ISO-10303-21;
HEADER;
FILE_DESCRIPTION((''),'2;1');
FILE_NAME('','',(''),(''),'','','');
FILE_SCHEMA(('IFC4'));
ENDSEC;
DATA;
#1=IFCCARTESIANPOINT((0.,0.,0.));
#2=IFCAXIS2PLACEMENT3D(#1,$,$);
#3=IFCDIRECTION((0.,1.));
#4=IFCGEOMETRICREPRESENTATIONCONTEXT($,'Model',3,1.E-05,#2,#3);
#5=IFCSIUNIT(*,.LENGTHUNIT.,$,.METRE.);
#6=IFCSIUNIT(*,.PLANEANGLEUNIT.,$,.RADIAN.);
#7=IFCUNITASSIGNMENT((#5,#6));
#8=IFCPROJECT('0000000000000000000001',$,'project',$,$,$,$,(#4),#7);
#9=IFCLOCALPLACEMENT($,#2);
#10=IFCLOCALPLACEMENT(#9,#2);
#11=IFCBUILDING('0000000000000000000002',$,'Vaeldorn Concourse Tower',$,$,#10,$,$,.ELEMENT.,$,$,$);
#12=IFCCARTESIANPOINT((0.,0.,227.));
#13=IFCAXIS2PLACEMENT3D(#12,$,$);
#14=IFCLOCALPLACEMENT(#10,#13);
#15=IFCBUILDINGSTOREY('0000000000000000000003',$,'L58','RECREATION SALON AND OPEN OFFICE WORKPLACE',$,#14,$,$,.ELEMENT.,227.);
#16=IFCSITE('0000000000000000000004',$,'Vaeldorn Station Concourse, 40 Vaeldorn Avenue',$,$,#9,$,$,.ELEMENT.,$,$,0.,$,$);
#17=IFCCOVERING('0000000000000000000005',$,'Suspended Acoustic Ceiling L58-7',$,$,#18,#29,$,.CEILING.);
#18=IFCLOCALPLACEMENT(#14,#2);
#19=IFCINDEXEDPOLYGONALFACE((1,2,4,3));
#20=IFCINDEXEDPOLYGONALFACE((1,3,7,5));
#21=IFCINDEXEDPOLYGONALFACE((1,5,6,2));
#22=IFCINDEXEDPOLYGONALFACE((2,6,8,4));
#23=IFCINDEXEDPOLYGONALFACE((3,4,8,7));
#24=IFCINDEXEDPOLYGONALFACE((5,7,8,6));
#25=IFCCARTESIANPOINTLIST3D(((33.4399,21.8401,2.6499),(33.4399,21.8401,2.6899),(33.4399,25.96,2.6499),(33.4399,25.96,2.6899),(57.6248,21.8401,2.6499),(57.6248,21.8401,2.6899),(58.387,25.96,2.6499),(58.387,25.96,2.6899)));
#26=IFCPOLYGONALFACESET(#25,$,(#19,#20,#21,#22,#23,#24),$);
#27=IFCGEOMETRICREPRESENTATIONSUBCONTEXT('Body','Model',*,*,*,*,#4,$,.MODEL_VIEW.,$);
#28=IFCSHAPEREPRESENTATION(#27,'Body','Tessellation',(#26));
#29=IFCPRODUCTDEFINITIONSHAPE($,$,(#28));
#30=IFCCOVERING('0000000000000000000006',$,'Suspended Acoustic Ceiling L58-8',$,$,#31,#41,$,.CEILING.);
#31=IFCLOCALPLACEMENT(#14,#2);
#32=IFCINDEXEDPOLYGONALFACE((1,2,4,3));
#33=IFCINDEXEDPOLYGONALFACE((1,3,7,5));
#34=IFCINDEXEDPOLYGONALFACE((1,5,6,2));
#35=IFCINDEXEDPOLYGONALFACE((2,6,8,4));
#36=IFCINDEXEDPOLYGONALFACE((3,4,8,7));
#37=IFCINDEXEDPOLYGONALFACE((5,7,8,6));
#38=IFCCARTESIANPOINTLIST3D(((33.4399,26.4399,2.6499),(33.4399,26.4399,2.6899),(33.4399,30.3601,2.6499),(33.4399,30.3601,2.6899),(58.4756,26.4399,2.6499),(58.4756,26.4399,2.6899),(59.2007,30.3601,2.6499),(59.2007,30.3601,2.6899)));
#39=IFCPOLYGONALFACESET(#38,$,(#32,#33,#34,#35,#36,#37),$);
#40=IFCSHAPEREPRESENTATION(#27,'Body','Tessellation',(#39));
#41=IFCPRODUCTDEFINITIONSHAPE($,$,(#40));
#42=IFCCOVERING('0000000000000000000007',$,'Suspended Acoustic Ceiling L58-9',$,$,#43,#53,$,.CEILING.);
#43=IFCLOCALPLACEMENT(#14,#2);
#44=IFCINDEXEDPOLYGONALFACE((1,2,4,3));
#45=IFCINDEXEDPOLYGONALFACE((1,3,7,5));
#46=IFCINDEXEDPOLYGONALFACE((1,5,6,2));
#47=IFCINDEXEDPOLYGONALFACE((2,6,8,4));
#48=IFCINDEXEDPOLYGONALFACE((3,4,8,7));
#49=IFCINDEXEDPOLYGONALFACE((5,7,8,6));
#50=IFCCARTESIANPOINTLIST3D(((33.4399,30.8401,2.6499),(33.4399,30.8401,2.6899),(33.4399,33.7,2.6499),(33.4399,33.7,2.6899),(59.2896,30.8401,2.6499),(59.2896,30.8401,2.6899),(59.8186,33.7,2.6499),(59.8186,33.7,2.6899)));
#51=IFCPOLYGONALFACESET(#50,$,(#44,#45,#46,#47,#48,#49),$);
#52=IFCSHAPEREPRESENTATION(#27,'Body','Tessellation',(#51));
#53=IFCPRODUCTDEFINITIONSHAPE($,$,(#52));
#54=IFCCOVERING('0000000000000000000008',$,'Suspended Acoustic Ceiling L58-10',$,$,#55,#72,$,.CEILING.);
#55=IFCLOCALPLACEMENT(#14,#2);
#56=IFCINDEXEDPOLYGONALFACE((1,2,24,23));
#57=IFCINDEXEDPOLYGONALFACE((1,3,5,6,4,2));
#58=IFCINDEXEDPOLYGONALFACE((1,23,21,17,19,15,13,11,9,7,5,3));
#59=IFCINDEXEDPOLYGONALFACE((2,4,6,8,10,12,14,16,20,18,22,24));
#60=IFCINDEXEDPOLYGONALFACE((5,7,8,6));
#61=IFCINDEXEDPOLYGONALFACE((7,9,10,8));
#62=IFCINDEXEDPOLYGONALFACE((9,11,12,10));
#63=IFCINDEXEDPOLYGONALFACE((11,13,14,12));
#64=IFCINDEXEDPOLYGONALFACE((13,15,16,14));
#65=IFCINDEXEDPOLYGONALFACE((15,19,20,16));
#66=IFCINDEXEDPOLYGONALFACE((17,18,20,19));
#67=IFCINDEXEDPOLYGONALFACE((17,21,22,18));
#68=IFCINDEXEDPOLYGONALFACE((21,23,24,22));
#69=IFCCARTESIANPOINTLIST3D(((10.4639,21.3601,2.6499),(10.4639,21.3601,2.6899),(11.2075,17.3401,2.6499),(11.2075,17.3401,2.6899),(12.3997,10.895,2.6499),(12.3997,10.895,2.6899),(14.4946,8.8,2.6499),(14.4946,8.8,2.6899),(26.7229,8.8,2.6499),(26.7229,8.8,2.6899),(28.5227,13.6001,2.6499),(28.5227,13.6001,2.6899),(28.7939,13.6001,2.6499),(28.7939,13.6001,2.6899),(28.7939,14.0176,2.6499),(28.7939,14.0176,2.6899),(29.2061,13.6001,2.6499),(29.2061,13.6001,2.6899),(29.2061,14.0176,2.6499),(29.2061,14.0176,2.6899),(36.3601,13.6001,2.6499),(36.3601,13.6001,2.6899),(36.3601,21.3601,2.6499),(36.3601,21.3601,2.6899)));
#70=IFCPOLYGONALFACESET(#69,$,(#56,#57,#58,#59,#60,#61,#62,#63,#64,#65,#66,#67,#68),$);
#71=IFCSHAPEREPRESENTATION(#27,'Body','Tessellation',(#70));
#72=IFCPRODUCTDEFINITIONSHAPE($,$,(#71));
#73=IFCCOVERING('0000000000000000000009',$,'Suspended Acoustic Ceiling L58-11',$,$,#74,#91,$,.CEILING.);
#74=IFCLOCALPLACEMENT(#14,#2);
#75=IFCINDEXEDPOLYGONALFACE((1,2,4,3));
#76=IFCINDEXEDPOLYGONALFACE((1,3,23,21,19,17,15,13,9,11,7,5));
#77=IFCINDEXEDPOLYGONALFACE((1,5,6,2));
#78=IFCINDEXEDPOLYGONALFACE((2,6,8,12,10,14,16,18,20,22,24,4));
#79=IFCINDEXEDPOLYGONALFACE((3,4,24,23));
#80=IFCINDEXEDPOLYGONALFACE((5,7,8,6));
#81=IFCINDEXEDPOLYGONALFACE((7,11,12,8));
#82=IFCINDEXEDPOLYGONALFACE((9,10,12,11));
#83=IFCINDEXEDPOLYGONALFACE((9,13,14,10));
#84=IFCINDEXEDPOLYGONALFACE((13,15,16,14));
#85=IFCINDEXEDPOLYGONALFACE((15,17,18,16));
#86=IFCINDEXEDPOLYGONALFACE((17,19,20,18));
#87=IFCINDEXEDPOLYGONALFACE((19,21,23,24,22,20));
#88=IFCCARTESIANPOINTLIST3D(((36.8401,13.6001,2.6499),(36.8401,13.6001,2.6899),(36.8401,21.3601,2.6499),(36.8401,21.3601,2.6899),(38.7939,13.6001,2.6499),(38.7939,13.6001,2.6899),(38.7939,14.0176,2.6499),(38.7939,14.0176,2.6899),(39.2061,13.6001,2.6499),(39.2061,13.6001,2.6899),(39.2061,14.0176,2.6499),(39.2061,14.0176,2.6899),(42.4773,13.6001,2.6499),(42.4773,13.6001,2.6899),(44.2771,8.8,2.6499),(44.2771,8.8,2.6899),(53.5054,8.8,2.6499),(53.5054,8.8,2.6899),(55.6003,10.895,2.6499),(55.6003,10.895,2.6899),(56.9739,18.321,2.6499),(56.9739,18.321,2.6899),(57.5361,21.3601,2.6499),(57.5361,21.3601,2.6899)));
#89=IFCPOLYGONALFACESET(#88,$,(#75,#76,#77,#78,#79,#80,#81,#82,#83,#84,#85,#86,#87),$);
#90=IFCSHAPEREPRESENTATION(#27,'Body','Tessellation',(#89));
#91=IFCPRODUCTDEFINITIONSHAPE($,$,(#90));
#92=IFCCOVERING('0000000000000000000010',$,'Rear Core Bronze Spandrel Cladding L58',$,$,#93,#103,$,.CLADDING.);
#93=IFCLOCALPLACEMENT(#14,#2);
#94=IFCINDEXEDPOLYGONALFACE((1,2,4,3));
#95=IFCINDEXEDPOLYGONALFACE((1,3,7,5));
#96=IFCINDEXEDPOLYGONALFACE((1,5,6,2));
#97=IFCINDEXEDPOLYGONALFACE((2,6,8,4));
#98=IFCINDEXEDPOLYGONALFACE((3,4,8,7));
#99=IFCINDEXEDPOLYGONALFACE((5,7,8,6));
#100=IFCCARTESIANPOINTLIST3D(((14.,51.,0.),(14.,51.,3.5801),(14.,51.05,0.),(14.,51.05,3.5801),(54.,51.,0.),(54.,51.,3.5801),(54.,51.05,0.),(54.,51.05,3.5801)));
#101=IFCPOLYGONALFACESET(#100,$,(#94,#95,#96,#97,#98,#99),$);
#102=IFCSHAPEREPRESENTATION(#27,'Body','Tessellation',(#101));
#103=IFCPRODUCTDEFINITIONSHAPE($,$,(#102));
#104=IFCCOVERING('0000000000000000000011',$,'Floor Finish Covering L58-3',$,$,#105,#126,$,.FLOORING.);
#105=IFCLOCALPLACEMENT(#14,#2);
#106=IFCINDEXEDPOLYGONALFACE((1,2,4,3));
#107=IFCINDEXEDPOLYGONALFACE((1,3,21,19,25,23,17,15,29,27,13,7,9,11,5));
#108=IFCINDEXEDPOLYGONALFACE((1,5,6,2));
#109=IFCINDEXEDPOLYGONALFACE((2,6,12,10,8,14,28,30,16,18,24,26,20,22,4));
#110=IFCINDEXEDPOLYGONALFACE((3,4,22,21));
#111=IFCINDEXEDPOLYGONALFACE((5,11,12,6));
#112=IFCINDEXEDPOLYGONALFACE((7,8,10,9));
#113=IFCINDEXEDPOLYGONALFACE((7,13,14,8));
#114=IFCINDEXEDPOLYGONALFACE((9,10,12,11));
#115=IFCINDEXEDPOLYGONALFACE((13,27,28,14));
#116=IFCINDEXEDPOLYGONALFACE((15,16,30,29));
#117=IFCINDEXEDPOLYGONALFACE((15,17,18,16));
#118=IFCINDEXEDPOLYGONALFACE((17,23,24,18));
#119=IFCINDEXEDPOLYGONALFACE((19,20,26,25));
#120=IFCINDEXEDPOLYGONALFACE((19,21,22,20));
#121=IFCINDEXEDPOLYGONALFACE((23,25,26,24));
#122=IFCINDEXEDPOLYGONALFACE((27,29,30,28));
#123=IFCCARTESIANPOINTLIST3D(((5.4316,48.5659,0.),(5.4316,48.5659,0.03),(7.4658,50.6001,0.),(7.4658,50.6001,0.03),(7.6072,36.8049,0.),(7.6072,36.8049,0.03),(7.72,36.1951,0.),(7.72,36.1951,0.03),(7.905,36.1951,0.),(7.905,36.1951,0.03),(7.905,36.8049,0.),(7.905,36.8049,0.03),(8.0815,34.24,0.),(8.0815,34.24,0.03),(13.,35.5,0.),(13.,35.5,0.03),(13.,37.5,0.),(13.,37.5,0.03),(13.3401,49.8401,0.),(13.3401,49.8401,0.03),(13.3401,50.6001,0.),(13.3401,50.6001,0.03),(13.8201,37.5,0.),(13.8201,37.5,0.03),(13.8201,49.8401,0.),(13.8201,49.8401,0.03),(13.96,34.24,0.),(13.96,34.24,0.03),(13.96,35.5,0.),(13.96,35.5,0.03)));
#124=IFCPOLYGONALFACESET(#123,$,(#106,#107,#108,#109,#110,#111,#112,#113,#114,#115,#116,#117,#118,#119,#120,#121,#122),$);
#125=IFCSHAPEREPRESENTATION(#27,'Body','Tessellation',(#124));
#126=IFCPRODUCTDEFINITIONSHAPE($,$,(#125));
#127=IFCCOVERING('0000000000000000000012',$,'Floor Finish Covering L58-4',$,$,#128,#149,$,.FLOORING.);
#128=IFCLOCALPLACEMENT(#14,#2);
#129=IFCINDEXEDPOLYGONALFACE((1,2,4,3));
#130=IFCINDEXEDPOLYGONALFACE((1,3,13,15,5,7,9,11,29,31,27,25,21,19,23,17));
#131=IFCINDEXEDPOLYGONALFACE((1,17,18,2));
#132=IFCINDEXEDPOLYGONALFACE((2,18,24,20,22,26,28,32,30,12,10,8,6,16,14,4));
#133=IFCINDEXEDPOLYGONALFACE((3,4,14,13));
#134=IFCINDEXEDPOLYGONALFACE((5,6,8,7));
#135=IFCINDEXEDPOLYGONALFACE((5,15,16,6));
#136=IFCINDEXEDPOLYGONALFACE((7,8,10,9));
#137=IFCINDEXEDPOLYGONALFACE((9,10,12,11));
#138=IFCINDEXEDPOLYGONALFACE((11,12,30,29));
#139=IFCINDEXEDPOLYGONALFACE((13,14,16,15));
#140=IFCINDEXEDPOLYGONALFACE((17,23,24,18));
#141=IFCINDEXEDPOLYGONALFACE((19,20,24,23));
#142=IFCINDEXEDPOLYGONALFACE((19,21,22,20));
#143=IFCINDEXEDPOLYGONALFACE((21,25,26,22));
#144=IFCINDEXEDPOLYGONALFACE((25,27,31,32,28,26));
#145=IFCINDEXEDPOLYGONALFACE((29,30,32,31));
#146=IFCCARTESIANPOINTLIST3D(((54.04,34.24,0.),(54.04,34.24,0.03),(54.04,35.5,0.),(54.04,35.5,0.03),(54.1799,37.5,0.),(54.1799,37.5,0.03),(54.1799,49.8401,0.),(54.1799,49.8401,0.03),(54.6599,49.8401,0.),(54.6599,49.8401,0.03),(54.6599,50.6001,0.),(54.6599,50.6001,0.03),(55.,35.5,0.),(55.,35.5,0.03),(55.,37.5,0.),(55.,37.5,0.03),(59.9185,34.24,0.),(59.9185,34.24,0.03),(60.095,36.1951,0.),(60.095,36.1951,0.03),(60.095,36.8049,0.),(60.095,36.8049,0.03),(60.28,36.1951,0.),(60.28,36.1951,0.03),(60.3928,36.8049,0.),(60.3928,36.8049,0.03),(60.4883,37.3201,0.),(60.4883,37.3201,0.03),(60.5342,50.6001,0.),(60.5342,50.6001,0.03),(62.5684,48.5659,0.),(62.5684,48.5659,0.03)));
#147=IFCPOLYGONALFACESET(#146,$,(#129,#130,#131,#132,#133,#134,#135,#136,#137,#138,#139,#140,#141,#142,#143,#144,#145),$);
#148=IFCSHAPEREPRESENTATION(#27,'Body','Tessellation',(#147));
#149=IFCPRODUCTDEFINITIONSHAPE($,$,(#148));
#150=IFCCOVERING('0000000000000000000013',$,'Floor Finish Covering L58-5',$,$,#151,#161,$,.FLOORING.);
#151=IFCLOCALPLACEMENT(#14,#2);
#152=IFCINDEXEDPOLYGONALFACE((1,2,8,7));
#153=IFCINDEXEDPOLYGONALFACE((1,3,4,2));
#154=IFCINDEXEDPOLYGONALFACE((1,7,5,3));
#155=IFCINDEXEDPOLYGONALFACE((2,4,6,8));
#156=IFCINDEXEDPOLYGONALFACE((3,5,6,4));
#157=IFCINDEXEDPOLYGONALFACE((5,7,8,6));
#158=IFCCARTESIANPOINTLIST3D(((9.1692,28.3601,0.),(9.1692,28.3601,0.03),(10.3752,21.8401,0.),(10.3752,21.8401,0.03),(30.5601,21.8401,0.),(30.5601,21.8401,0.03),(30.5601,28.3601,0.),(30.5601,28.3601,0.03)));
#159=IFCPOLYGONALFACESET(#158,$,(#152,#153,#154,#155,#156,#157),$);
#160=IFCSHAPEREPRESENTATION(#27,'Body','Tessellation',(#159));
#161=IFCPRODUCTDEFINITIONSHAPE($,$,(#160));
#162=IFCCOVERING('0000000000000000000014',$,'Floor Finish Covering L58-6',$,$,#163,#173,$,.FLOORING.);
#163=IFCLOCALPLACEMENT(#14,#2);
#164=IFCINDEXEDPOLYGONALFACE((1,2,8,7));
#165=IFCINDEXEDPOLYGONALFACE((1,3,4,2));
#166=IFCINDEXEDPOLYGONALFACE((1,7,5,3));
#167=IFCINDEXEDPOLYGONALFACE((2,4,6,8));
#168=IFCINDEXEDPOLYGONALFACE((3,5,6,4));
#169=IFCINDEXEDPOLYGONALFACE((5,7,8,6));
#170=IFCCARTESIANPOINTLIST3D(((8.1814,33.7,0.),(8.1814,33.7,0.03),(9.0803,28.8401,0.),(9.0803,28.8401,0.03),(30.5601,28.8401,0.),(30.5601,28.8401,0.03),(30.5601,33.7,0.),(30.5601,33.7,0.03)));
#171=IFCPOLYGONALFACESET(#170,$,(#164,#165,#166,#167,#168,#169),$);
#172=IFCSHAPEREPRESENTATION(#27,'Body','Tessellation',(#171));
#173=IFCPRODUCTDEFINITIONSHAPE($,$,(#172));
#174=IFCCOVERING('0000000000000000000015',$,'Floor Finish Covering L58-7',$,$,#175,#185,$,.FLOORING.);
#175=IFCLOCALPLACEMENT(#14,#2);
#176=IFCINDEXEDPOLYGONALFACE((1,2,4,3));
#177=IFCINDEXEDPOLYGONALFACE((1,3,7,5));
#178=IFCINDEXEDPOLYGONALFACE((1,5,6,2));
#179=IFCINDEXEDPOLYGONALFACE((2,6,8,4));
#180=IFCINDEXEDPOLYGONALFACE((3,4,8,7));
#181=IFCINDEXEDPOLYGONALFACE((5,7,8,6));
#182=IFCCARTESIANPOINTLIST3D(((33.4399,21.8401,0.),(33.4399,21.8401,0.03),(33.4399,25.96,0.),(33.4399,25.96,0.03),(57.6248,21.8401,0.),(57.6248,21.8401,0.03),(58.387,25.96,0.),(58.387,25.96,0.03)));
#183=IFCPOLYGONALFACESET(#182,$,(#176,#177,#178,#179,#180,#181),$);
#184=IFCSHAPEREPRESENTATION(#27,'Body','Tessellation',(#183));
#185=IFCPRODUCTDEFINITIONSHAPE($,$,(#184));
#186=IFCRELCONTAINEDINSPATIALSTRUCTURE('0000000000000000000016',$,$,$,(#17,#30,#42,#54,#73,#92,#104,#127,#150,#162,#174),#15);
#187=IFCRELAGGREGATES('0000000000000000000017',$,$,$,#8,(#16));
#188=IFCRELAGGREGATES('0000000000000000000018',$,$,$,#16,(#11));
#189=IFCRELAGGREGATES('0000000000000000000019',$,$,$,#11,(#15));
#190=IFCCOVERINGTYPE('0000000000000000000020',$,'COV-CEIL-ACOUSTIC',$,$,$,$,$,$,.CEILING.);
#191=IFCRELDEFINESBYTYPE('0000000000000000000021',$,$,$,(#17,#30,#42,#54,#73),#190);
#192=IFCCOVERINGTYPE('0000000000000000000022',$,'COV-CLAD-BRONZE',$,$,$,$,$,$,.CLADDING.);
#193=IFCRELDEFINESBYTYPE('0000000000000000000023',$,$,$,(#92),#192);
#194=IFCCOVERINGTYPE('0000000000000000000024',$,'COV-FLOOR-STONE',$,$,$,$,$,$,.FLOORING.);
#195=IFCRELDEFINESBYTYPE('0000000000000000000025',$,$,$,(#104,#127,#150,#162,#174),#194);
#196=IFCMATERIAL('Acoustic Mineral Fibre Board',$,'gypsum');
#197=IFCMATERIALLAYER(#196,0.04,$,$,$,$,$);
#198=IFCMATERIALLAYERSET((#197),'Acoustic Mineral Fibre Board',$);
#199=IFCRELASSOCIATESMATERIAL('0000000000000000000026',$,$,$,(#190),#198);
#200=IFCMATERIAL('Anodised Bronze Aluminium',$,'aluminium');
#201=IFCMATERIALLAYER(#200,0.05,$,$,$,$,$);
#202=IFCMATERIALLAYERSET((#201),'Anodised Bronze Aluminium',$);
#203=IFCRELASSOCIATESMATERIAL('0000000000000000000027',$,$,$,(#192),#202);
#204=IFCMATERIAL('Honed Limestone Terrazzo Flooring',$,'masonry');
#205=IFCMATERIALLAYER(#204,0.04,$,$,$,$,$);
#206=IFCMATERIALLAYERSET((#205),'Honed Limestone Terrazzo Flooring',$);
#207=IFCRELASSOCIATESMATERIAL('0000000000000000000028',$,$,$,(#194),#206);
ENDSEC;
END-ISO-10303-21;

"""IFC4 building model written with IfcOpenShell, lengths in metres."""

from ifc_helpers import new_model, si_unit, direction, frame, origin, place, context, subcontext, project, spatial, polyline, outline, extrude, material, layer, layer_set, type_object, element, save


model = new_model("IFC4")

# Units and contexts
model_context = context("Model", 3, precision=1e-05, world=origin(), true_north=direction((0.0, 1.0)))
body_context = subcontext(model_context, "Body", "Model", "MODEL_VIEW")
ifc_project = project(units=[si_unit("LENGTHUNIT", "METRE"), si_unit("PLANEANGLEUNIT", "RADIAN")], contexts=[model_context])

# Site, building, storey
site_placement = place(None, origin())
site = spatial("IfcSite", under=ifc_project, at=site_placement, Name="Vaeldorn Station Concourse, 40 Vaeldorn Avenue", CompositionType="ELEMENT", RefElevation=0.0)
building_placement = place(site_placement, origin())
building = spatial("IfcBuilding", under=site, at=building_placement, Name="Vaeldorn Concourse Tower", CompositionType="ELEMENT")
storey_placement = place(building_placement, frame((0.0, 0.0, 227.0)))
storey = spatial("IfcBuildingStorey", under=building, at=storey_placement, Name="L58", Description="RECREATION SALON AND OPEN OFFICE WORKPLACE", CompositionType="ELEMENT", Elevation=227.0)

# Shared definitions
ifc_material_1 = material(Name="Anodised Bronze Aluminium", Category="aluminium")

# Coverings
ifc_material_2 = material(Name="Acoustic Mineral Fibre Board", Category="gypsum")
ifc_layer_1 = layer(ifc_material_2, 0.04)
ifc_layer_set_1 = layer_set([ifc_layer_1], Name="Acoustic Mineral Fibre Board")
covering_type_1 = type_object("IfcCoveringType", Name="COV-CEIL-ACOUSTIC", PredefinedType="CEILING", material=ifc_layer_set_1)
covering_1_placement = place(storey_placement, frame((0.0, 0.0, 2.6499)))
element("IfcCovering", 1, at=covering_1_placement, inside=storey, type_object=covering_type_1, Name="Suspended Acoustic Ceiling L58-7", PredefinedType="CEILING", context=body_context, shape_type="SweptSolid", body=[
    extrude(outline(polyline([(33.4399, 21.8401), (33.4399, 25.96), (58.387, 25.96), (57.6248, 21.8401), (33.4399, 21.8401)])), origin(), (0.0, 0.0, 1.0), 0.04),
])
covering_2_placement = place(storey_placement, frame((0.0, 0.0, 2.6499)))
element("IfcCovering", 2, at=covering_2_placement, inside=storey, type_object=covering_type_1, Name="Suspended Acoustic Ceiling L58-8", PredefinedType="CEILING", context=body_context, shape_type="SweptSolid", body=[
    extrude(outline(polyline([(33.4399, 26.4399), (33.4399, 30.3601), (59.2007, 30.3601), (58.4756, 26.4399), (33.4399, 26.4399)])), origin(), (0.0, 0.0, 1.0), 0.04),
])
covering_3_placement = place(storey_placement, frame((0.0, 0.0, 2.6499)))
element("IfcCovering", 3, at=covering_3_placement, inside=storey, type_object=covering_type_1, Name="Suspended Acoustic Ceiling L58-9", PredefinedType="CEILING", context=body_context, shape_type="SweptSolid", body=[
    extrude(outline(polyline([(33.4399, 30.8401), (33.4399, 33.7), (59.8186, 33.7), (59.2896, 30.8401), (33.4399, 30.8401)])), origin(), (0.0, 0.0, 1.0), 0.04),
])
covering_4_placement = place(storey_placement, frame((0.0, 0.0, 2.6499)))
element("IfcCovering", 4, at=covering_4_placement, inside=storey, type_object=covering_type_1, Name="Suspended Acoustic Ceiling L58-10", PredefinedType="CEILING", context=body_context, shape_type="SweptSolid", body=[
    extrude(outline(polyline([(36.3601, 21.3601), (36.3601, 13.6001), (29.2061, 13.6001), (29.2061, 14.0176), (28.7939, 14.0176), (28.7939, 13.6001), (28.5227, 13.6001), (26.7229, 8.8), (14.4946, 8.8), (12.3997, 10.895), (11.2075, 17.3401), (11.2075, 17.3401), (10.4639, 21.3601), (36.3601, 21.3601)])), origin(), (0.0, 0.0, 1.0), 0.04),
])
covering_5_placement = place(storey_placement, frame((0.0, 0.0, 2.6499)))
element("IfcCovering", 5, at=covering_5_placement, inside=storey, type_object=covering_type_1, Name="Suspended Acoustic Ceiling L58-11", PredefinedType="CEILING", context=body_context, shape_type="SweptSolid", body=[
    extrude(outline(polyline([(36.8401, 21.3601), (57.5361, 21.3601), (56.9739, 18.321), (55.6003, 10.895), (53.5054, 8.8), (44.2771, 8.8), (42.4773, 13.6001), (39.2061, 13.6001), (39.2061, 14.0176), (38.7939, 14.0176), (38.7939, 13.6001), (36.8401, 13.6001), (36.8401, 21.3601)])), origin(), (0.0, 0.0, 1.0), 0.04),
])
ifc_layer_2 = layer(ifc_material_1, 0.05)
ifc_layer_set_2 = layer_set([ifc_layer_2], Name="Anodised Bronze Aluminium")
covering_type_2 = type_object("IfcCoveringType", Name="COV-CLAD-BRONZE", PredefinedType="CLADDING", material=ifc_layer_set_2)
covering_6_placement = place(storey_placement, origin())
element("IfcCovering", 6, at=covering_6_placement, inside=storey, type_object=covering_type_2, Name="Rear Core Bronze Spandrel Cladding L58", PredefinedType="CLADDING", context=body_context, shape_type="SweptSolid", body=[
    extrude(outline(polyline([(14.0, 51.0), (54.0, 51.0), (54.0, 51.05), (14.0, 51.05), (14.0, 51.0)])), origin(), (0.0, 0.0, 1.0), 3.5801),
])
ifc_material_3 = material(Name="Honed Limestone Terrazzo Flooring", Category="masonry")
ifc_layer_3 = layer(ifc_material_3, 0.04)
ifc_layer_set_3 = layer_set([ifc_layer_3], Name="Honed Limestone Terrazzo Flooring")
covering_type_3 = type_object("IfcCoveringType", Name="COV-FLOOR-STONE", PredefinedType="FLOORING", material=ifc_layer_set_3)
covering_7_placement = place(storey_placement, origin())
element("IfcCovering", 7, at=covering_7_placement, inside=storey, type_object=covering_type_3, Name="Floor Finish Covering L58-3", PredefinedType="FLOORING", context=body_context, shape_type="SweptSolid", body=[
    extrude(outline(polyline([(7.4658, 50.6001), (13.3401, 50.6001), (13.3401, 49.8401), (13.8201, 49.8401), (13.8201, 37.5), (13.0, 37.5), (13.0, 35.5), (13.96, 35.5), (13.96, 34.24), (8.0815, 34.24), (7.72, 36.1951), (7.905, 36.1951), (7.905, 36.8049), (7.6072, 36.8049), (5.4316, 48.5659), (7.4658, 50.6001)])), origin(), (0.0, 0.0, 1.0), 0.03),
])
covering_8_placement = place(storey_placement, origin())
element("IfcCovering", 8, at=covering_8_placement, inside=storey, type_object=covering_type_3, Name="Floor Finish Covering L58-4", PredefinedType="FLOORING", context=body_context, shape_type="SweptSolid", body=[
    extrude(outline(polyline([(54.1799, 49.8401), (54.6599, 49.8401), (54.6599, 50.6001), (60.5342, 50.6001), (62.5684, 48.5659), (60.4883, 37.3201), (60.4883, 37.3201), (60.3928, 36.8049), (60.095, 36.8049), (60.095, 36.1951), (60.28, 36.1951), (59.9185, 34.24), (54.04, 34.24), (54.04, 35.5), (55.0, 35.5), (55.0, 37.5), (54.1799, 37.5), (54.1799, 49.8401)])), origin(), (0.0, 0.0, 1.0), 0.03),
])
covering_9_placement = place(storey_placement, origin())
element("IfcCovering", 9, at=covering_9_placement, inside=storey, type_object=covering_type_3, Name="Floor Finish Covering L58-5", PredefinedType="FLOORING", context=body_context, shape_type="SweptSolid", body=[
    extrude(outline(polyline([(30.5601, 28.3601), (30.5601, 21.8401), (10.3752, 21.8401), (9.1692, 28.3601), (30.5601, 28.3601)])), origin(), (0.0, 0.0, 1.0), 0.03),
])
covering_10_placement = place(storey_placement, origin())
element("IfcCovering", 10, at=covering_10_placement, inside=storey, type_object=covering_type_3, Name="Floor Finish Covering L58-6", PredefinedType="FLOORING", context=body_context, shape_type="SweptSolid", body=[
    extrude(outline(polyline([(30.5601, 33.7), (30.5601, 28.8401), (9.0803, 28.8401), (8.1814, 33.7), (30.5601, 33.7)])), origin(), (0.0, 0.0, 1.0), 0.03),
])
covering_11_placement = place(storey_placement, origin())
element("IfcCovering", 11, at=covering_11_placement, inside=storey, type_object=covering_type_3, Name="Floor Finish Covering L58-7", PredefinedType="FLOORING", context=body_context, shape_type="SweptSolid", body=[
    extrude(outline(polyline([(33.4399, 21.8401), (33.4399, 25.96), (58.387, 25.96), (57.6248, 21.8401), (33.4399, 21.8401)])), origin(), (0.0, 0.0, 1.0), 0.03),
])

save(model, "model.ifc")
